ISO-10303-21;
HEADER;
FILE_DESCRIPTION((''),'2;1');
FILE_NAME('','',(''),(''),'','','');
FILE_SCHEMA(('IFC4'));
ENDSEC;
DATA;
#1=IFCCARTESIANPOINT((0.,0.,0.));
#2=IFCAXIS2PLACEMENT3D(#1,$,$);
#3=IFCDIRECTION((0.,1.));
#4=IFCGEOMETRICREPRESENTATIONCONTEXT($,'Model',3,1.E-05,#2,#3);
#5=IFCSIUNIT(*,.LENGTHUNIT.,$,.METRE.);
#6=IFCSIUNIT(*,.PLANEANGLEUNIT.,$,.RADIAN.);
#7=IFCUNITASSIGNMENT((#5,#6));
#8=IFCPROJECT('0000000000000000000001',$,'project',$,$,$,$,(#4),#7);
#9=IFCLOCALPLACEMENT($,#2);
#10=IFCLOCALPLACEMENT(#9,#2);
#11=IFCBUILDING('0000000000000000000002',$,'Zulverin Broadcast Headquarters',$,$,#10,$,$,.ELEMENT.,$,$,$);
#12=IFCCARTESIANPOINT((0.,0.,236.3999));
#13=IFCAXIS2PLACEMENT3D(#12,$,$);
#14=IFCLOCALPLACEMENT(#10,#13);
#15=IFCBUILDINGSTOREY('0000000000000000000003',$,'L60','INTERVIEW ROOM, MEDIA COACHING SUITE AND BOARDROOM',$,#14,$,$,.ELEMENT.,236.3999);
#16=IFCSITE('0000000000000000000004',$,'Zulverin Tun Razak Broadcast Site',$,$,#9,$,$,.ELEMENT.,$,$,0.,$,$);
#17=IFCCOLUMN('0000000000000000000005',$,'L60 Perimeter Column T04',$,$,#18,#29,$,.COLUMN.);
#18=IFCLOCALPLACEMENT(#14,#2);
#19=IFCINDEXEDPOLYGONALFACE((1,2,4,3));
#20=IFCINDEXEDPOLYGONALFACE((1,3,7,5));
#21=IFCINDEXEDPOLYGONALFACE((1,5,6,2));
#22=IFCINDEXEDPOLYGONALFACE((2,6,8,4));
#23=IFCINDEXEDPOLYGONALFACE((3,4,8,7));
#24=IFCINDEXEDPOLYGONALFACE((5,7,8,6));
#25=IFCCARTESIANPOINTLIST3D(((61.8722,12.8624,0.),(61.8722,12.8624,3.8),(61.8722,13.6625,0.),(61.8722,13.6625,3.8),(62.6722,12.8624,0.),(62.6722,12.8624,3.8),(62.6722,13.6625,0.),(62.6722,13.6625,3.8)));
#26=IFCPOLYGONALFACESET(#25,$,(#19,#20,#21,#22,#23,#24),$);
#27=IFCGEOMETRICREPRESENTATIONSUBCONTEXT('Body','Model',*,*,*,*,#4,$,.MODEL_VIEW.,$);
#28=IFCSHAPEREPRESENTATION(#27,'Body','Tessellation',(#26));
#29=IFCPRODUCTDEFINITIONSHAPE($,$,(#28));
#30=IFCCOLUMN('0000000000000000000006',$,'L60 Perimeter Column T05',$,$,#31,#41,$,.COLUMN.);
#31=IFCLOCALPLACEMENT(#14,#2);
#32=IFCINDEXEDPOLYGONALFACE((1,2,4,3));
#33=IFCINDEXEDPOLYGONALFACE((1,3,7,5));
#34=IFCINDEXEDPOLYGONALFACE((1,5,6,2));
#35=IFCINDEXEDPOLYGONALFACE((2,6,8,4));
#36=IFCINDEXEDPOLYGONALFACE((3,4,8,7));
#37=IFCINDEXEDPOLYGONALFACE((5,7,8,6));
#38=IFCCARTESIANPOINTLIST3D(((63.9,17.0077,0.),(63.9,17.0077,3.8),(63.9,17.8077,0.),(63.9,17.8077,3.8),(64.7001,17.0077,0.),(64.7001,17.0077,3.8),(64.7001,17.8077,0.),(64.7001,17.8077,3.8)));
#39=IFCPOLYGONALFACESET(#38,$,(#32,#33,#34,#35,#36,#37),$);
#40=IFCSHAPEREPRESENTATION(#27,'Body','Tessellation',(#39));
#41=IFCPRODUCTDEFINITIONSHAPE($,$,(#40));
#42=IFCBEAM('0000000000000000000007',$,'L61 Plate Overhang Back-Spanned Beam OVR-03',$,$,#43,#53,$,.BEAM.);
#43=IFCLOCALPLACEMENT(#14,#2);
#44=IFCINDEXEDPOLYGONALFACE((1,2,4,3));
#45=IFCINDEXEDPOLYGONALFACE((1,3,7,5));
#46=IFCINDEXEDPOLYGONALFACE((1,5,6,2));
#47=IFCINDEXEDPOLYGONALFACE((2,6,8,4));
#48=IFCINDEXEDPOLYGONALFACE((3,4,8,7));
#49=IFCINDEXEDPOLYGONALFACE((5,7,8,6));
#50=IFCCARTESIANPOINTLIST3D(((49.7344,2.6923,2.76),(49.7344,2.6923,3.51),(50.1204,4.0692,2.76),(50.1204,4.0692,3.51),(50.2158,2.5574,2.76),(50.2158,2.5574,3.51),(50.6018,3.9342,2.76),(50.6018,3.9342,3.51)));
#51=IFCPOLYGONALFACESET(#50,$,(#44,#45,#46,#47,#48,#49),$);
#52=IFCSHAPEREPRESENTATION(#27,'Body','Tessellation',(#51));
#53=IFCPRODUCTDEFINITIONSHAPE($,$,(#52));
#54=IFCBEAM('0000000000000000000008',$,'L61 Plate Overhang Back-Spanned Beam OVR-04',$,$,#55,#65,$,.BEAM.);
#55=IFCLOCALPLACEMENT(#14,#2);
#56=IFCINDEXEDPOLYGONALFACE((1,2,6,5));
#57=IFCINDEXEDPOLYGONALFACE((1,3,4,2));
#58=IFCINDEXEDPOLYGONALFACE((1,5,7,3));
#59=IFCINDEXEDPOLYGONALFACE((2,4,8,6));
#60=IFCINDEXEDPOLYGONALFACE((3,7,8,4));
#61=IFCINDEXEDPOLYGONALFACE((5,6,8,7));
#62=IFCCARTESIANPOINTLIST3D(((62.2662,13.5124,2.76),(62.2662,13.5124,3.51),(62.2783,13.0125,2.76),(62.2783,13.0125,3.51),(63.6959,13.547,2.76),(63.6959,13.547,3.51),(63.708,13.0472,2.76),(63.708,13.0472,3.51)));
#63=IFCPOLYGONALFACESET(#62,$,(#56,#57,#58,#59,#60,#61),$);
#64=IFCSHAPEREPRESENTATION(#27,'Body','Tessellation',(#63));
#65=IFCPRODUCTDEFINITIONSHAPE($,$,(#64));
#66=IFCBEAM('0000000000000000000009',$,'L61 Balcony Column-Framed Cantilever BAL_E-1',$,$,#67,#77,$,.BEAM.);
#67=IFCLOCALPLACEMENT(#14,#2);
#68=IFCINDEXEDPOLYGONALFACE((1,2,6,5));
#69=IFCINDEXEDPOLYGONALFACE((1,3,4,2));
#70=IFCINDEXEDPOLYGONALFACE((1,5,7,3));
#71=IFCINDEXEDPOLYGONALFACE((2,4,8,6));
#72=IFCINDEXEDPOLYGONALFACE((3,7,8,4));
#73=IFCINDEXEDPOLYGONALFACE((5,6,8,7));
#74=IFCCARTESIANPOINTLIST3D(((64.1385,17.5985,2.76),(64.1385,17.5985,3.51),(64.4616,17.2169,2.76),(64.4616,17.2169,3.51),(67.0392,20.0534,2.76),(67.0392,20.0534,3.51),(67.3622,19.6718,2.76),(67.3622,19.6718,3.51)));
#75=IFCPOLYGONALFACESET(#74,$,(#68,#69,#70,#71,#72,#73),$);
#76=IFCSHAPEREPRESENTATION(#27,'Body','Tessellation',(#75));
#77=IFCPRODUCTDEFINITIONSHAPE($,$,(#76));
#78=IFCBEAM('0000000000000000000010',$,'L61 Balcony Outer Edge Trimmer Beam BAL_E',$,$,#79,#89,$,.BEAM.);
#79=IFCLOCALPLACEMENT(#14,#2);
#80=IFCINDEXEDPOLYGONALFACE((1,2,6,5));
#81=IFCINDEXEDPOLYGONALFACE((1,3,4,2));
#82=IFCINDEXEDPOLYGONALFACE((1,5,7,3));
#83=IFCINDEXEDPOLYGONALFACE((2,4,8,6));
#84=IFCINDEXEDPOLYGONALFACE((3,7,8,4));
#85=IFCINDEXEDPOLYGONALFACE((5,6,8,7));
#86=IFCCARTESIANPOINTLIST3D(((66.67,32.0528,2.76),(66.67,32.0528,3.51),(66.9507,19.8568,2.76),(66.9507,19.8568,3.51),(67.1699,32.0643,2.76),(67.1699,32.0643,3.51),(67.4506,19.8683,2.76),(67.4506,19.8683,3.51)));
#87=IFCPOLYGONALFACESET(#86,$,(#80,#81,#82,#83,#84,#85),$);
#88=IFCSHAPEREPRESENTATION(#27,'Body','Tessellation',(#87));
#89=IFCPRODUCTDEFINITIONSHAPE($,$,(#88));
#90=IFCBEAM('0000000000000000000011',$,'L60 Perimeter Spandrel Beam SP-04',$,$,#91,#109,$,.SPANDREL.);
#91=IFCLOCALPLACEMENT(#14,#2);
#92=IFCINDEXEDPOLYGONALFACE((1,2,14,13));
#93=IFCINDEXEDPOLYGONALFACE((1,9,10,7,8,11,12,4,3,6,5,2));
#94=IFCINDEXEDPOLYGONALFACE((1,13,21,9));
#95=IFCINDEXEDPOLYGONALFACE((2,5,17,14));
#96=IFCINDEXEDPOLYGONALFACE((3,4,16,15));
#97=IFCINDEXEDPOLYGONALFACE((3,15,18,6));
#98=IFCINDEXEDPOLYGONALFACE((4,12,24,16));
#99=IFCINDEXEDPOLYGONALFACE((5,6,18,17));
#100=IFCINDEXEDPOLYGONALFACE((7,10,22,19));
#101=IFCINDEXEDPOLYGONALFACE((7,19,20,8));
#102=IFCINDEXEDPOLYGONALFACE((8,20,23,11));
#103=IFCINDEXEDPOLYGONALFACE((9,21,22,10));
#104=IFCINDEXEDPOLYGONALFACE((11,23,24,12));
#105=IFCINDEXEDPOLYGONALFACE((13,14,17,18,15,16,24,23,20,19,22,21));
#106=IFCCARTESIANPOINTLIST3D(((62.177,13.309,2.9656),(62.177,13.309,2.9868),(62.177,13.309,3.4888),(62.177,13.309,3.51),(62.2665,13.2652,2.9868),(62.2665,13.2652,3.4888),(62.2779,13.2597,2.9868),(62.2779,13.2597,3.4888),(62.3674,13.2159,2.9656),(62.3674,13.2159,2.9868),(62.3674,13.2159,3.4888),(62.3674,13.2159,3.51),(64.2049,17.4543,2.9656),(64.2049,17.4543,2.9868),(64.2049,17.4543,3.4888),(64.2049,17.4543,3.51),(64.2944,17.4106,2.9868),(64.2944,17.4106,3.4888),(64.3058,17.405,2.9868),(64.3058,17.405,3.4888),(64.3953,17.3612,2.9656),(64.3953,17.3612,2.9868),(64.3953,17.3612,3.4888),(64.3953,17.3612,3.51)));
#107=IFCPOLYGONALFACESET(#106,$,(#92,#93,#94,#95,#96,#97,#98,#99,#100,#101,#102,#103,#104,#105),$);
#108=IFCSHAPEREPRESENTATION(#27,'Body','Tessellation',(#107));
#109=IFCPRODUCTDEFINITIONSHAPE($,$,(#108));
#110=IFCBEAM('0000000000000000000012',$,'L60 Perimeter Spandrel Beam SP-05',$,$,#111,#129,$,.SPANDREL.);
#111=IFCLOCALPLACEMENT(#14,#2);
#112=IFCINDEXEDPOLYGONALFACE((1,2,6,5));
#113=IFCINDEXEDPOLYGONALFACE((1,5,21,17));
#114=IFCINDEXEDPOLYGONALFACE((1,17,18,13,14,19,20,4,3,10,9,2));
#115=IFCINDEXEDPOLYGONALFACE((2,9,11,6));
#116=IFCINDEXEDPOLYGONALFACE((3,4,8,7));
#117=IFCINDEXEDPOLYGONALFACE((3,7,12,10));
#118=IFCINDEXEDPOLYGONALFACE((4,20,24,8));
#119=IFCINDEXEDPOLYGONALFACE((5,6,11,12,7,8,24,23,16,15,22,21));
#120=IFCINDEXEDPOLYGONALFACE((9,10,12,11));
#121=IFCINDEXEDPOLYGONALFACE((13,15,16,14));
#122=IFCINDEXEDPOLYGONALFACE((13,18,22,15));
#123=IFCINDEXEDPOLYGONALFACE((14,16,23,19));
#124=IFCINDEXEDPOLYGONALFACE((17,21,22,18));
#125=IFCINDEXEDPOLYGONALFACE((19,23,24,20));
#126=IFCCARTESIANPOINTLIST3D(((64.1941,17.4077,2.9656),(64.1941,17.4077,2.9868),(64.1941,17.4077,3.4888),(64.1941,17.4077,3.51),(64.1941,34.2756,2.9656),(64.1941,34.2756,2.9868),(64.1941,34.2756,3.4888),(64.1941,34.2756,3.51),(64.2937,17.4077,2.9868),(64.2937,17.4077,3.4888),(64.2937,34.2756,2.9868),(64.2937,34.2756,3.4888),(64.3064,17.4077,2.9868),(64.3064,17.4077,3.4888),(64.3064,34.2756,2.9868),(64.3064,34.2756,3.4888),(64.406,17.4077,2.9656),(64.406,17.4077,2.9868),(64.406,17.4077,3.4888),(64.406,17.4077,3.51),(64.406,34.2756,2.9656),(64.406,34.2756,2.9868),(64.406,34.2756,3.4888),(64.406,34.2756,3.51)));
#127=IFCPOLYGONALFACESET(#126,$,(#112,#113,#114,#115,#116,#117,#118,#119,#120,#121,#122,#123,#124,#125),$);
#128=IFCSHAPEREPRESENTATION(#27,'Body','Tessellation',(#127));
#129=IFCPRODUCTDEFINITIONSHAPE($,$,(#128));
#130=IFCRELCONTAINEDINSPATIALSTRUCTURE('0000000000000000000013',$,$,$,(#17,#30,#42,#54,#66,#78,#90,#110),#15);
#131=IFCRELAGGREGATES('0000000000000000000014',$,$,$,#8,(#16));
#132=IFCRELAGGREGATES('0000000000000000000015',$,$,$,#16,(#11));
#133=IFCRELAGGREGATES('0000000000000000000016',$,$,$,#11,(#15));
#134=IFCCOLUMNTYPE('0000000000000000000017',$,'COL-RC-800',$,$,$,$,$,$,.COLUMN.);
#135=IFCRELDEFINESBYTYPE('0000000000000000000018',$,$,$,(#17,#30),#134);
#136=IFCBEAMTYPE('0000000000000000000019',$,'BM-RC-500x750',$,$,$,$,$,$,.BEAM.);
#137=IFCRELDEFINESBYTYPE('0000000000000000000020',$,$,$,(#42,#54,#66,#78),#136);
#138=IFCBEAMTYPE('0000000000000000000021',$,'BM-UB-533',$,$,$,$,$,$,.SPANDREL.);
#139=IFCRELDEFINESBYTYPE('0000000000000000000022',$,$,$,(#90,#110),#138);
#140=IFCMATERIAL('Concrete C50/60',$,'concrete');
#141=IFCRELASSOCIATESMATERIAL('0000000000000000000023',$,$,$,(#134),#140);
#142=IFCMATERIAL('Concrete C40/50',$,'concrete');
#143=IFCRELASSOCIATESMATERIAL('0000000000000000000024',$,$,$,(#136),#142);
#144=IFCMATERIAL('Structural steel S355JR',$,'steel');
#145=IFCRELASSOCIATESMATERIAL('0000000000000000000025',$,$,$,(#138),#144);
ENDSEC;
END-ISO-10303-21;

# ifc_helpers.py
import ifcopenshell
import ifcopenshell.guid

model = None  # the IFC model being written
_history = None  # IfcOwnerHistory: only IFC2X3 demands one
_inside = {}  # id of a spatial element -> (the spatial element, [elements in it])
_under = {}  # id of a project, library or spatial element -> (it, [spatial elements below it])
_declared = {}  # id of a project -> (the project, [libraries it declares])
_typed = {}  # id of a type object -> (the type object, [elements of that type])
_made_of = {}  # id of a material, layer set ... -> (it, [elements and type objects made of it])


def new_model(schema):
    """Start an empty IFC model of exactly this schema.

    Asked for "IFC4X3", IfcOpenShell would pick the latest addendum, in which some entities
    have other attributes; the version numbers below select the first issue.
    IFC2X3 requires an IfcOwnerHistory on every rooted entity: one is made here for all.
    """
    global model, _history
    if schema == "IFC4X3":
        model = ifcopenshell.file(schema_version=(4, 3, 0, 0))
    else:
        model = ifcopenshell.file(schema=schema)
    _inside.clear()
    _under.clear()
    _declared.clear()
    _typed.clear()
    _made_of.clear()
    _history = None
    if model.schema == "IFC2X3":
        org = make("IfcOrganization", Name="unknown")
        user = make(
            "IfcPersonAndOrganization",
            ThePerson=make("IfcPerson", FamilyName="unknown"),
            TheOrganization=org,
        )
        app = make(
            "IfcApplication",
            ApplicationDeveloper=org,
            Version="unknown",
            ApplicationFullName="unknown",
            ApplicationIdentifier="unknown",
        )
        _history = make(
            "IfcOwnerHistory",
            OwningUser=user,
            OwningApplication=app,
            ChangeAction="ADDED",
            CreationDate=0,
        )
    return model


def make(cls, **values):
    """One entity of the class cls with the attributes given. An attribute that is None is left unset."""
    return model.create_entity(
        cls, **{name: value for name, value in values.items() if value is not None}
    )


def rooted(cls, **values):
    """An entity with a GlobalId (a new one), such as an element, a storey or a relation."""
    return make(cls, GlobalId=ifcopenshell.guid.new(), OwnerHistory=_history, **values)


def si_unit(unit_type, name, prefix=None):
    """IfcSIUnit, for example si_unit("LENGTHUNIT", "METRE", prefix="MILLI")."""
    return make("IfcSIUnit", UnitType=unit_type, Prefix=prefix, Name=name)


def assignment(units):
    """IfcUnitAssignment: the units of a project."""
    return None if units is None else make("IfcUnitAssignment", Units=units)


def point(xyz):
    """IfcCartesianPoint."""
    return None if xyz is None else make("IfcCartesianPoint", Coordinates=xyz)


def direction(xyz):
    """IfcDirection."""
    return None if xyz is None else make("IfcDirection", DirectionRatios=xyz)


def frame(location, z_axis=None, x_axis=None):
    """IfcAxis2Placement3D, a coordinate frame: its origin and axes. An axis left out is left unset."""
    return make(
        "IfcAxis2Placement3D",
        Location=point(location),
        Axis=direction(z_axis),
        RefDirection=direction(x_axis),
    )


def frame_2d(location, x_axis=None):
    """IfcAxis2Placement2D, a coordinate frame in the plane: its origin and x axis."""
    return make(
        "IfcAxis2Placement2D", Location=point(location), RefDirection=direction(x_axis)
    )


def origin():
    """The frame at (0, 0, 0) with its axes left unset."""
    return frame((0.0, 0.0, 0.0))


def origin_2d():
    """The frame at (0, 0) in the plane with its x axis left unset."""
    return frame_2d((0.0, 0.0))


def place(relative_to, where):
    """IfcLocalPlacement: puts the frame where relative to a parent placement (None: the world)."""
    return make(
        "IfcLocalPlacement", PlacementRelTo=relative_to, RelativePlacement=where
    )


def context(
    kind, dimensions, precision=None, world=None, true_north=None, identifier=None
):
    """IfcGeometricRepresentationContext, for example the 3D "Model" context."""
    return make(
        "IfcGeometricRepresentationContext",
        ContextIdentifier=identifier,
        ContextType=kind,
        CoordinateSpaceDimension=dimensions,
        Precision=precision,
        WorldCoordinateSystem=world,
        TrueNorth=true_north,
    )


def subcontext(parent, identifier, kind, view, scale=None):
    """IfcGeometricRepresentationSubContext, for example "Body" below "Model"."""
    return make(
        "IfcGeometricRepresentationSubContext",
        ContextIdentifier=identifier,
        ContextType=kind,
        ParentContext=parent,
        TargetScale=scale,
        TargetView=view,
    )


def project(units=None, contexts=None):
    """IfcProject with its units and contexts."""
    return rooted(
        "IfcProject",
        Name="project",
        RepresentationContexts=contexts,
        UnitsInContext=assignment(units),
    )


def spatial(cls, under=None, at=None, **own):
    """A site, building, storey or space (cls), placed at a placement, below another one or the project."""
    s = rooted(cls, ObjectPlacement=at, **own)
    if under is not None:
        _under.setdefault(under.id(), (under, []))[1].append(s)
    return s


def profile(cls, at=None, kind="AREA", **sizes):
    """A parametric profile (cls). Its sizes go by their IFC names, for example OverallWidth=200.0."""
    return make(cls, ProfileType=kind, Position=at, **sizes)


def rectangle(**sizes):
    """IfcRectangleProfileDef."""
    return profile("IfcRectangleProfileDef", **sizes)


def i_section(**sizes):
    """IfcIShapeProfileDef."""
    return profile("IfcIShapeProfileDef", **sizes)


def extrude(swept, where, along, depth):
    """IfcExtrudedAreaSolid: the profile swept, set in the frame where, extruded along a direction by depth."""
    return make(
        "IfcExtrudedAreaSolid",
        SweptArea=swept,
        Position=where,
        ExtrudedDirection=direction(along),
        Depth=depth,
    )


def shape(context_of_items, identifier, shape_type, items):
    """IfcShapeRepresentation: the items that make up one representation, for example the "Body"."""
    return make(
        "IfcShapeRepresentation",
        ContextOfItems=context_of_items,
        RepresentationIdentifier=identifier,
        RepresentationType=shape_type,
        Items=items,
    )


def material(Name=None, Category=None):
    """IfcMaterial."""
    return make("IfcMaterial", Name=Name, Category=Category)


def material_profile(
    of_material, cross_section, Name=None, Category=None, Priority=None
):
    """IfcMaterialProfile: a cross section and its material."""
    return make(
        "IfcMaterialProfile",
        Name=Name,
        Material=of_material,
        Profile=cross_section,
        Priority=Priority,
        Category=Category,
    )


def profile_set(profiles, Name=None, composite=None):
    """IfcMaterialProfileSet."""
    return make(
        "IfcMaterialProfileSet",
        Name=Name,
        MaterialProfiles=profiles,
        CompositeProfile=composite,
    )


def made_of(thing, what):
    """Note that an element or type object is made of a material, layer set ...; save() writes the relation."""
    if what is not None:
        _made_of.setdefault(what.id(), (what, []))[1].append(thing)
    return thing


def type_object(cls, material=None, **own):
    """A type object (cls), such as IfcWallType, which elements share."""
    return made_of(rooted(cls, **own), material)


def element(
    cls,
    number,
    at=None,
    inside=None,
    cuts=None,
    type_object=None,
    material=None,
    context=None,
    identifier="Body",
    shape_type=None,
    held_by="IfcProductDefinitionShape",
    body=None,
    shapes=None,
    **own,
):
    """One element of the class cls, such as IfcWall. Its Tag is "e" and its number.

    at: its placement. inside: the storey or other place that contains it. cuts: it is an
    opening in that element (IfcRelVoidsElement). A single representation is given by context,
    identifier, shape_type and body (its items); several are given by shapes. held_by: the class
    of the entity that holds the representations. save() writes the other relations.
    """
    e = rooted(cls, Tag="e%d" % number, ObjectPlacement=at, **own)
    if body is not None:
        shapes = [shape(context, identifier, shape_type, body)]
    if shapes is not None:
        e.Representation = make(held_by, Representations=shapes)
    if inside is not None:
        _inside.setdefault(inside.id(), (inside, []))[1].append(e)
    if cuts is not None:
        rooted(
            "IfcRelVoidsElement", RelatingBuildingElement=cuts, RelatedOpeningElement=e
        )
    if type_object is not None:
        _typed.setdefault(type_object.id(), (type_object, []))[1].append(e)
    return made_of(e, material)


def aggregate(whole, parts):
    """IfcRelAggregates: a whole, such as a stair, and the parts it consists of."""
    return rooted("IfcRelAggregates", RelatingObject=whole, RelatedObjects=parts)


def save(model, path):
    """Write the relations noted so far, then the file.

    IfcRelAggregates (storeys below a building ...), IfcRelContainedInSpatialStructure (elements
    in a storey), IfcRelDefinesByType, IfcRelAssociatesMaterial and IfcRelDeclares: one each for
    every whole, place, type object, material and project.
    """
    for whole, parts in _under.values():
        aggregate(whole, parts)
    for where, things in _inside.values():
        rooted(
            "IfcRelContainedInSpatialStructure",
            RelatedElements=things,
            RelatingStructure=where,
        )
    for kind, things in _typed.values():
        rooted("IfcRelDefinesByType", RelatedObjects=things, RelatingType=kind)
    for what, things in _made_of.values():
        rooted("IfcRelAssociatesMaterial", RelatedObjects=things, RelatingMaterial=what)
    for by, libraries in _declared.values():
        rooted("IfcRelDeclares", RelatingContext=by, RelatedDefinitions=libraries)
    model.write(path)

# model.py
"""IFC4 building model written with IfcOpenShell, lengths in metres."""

from ifc_helpers import new_model, si_unit, direction, frame, origin, origin_2d, place, context, subcontext, project, spatial, rectangle, i_section, extrude, material, material_profile, profile_set, type_object, element, save


model = new_model("IFC4")

# Units and contexts
model_context = context("Model", 3, precision=1e-05, world=origin(), true_north=direction((0.0, 1.0)))
body_context = subcontext(model_context, "Body", "Model", "MODEL_VIEW")
ifc_project = project(units=[si_unit("LENGTHUNIT", "METRE"), si_unit("PLANEANGLEUNIT", "RADIAN")], contexts=[model_context])

# Site, building, storey
site_placement = place(None, origin())
site = spatial("IfcSite", under=ifc_project, at=site_placement, Name="Zulverin Tun Razak Broadcast Site", CompositionType="ELEMENT", RefElevation=0.0)
building_placement = place(site_placement, origin())
building = spatial("IfcBuilding", under=site, at=building_placement, Name="Zulverin Broadcast Headquarters", CompositionType="ELEMENT")
storey_placement = place(building_placement, frame((0.0, 0.0, 236.3999)))
storey = spatial("IfcBuildingStorey", under=building, at=storey_placement, Name="L60", Description="INTERVIEW ROOM, MEDIA COACHING SUITE AND BOARDROOM", CompositionType="ELEMENT", Elevation=236.3999)

# Columns
ifc_material_1 = material(Name="Concrete C50/60", Category="concrete")
ifc_material_profile_1 = material_profile(ifc_material_1, rectangle(XDim=0.8, YDim=0.8, at=origin_2d()), Name="Concrete C50/60", Category="concrete")
ifc_profile_set_1 = profile_set([ifc_material_profile_1], Name="Concrete C50/60")
column_type = type_object("IfcColumnType", Name="COL-RC-800", PredefinedType="COLUMN", material=ifc_profile_set_1)
for number, where, z_axis, x_axis, name in (
    (1, (62.2722, 13.2625, 0.0), (0.0, 0.0, 1.0), (1.0, 0.0, 0.0), "L60 Perimeter Column T04"),
    (2, (64.3, 17.4077, 0.0), (0.0, 0.0, 1.0), (1.0, 0.0, 0.0), "L60 Perimeter Column T05"),
):
    element("IfcColumn", number, at=place(storey_placement, frame(where, z_axis=z_axis, x_axis=x_axis)), inside=storey, type_object=column_type, Name=name, PredefinedType="COLUMN", context=body_context, shape_type="SweptSolid", body=[
        extrude(rectangle(XDim=0.8, YDim=0.8, at=origin_2d()), origin(), (0.0, 0.0, 1.0), 3.8),
    ])

# Beams
ifc_material_2 = material(Name="Concrete C40/50", Category="concrete")
ifc_material_profile_2 = material_profile(ifc_material_2, rectangle(XDim=0.5, YDim=0.75, at=origin_2d()), Name="Concrete C40/50", Category="concrete")
ifc_profile_set_2 = profile_set([ifc_material_profile_2], Name="Concrete C40/50")
beam_type_1 = type_object("IfcBeamType", Name="BM-RC-500x750", PredefinedType="BEAM", material=ifc_profile_set_2)
beam_1_placement = place(storey_placement, frame((50.3611, 4.0017, 3.135), z_axis=(-0.269915, -0.962884, 0.0), x_axis=(0.962884, -0.269915, 0.0)))
element("IfcBeam", 3, at=beam_1_placement, inside=storey, type_object=beam_type_1, Name="L61 Plate Overhang Back-Spanned Beam OVR-03", PredefinedType="BEAM", context=body_context, shape_type="SweptSolid", body=[
    extrude(rectangle(XDim=0.5, YDim=0.75, at=origin_2d()), origin(), (0.0, 0.0, 1.0), 1.4299),
])
beam_2_placement = place(storey_placement, frame((62.2722, 13.2625, 3.135), z_axis=(0.999706, 0.024242, 0.0), x_axis=(-0.024242, 0.999706, 0.0)))
element("IfcBeam", 4, at=beam_2_placement, inside=storey, type_object=beam_type_1, Name="L61 Plate Overhang Back-Spanned Beam OVR-04", PredefinedType="BEAM", context=body_context, shape_type="SweptSolid", body=[
    extrude(rectangle(XDim=0.5, YDim=0.75, at=origin_2d()), origin(), (0.0, 0.0, 1.0), 1.4302),
])
beam_3_placement = place(storey_placement, frame((64.3, 17.4077, 3.135), z_axis=(0.763328, 0.646011, 0.0), x_axis=(-0.646011, 0.763328, 0.0)))
element("IfcBeam", 5, at=beam_3_placement, inside=storey, type_object=beam_type_1, Name="L61 Balcony Column-Framed Cantilever BAL_E-1", PredefinedType="BEAM", context=body_context, shape_type="SweptSolid", body=[
    extrude(rectangle(XDim=0.5, YDim=0.75, at=origin_2d()), origin(), (0.0, 0.0, 1.0), 3.8),
])
beam_4_placement = place(storey_placement, frame((67.2007, 19.8625, 3.135), z_axis=(-0.023015, 0.999735, 0.0), x_axis=(-0.999735, -0.023015, 0.0)))
element("IfcBeam", 6, at=beam_4_placement, inside=storey, type_object=beam_type_1, Name="L61 Balcony Outer Edge Trimmer Beam BAL_E", PredefinedType="BEAM", context=body_context, shape_type="SweptSolid", body=[
    extrude(rectangle(XDim=0.5, YDim=0.75, at=origin_2d()), origin(), (0.0, 0.0, 1.0), 12.1992),
])
ifc_material_3 = material(Name="Structural steel S355JR", Category="steel")
ifc_material_profile_3 = material_profile(ifc_material_3, i_section(OverallWidth=0.2119, OverallDepth=0.5444, WebThickness=0.0127, FlangeThickness=0.0212, at=origin_2d()), Name="Structural steel S355JR", Category="steel")
ifc_profile_set_3 = profile_set([ifc_material_profile_3], Name="Structural steel S355JR")
beam_type_2 = type_object("IfcBeamType", Name="BM-UB-533", PredefinedType="SPANDREL", material=ifc_profile_set_3)
beam_5_placement = place(storey_placement, frame((62.2722, 13.2625, 3.2378), z_axis=(0.43943, 0.898277, 0.0), x_axis=(-0.898277, 0.43943, 0.0)))
element("IfcBeam", 7, at=beam_5_placement, inside=storey, type_object=beam_type_2, Name="L60 Perimeter Spandrel Beam SP-04", PredefinedType="SPANDREL", context=body_context, shape_type="SweptSolid", body=[
    extrude(i_section(OverallWidth=0.2119, OverallDepth=0.5444, WebThickness=0.0127, FlangeThickness=0.0212, at=origin_2d()), origin(), (0.0, 0.0, 1.0), 4.6147),
])
beam_6_placement = place(storey_placement, frame((64.3, 17.4077, 3.2378), z_axis=(0.0, 1.0, 0.0), x_axis=(-1.0, 0.0, 0.0)))
element("IfcBeam", 8, at=beam_6_placement, inside=storey, type_object=beam_type_2, Name="L60 Perimeter Spandrel Beam SP-05", PredefinedType="SPANDREL", context=body_context, shape_type="SweptSolid", body=[
    extrude(i_section(OverallWidth=0.2119, OverallDepth=0.5444, WebThickness=0.0127, FlangeThickness=0.0212, at=origin_2d()), origin(), (0.0, 0.0, 1.0), 16.8679),
])

save(model, "model.ifc")
